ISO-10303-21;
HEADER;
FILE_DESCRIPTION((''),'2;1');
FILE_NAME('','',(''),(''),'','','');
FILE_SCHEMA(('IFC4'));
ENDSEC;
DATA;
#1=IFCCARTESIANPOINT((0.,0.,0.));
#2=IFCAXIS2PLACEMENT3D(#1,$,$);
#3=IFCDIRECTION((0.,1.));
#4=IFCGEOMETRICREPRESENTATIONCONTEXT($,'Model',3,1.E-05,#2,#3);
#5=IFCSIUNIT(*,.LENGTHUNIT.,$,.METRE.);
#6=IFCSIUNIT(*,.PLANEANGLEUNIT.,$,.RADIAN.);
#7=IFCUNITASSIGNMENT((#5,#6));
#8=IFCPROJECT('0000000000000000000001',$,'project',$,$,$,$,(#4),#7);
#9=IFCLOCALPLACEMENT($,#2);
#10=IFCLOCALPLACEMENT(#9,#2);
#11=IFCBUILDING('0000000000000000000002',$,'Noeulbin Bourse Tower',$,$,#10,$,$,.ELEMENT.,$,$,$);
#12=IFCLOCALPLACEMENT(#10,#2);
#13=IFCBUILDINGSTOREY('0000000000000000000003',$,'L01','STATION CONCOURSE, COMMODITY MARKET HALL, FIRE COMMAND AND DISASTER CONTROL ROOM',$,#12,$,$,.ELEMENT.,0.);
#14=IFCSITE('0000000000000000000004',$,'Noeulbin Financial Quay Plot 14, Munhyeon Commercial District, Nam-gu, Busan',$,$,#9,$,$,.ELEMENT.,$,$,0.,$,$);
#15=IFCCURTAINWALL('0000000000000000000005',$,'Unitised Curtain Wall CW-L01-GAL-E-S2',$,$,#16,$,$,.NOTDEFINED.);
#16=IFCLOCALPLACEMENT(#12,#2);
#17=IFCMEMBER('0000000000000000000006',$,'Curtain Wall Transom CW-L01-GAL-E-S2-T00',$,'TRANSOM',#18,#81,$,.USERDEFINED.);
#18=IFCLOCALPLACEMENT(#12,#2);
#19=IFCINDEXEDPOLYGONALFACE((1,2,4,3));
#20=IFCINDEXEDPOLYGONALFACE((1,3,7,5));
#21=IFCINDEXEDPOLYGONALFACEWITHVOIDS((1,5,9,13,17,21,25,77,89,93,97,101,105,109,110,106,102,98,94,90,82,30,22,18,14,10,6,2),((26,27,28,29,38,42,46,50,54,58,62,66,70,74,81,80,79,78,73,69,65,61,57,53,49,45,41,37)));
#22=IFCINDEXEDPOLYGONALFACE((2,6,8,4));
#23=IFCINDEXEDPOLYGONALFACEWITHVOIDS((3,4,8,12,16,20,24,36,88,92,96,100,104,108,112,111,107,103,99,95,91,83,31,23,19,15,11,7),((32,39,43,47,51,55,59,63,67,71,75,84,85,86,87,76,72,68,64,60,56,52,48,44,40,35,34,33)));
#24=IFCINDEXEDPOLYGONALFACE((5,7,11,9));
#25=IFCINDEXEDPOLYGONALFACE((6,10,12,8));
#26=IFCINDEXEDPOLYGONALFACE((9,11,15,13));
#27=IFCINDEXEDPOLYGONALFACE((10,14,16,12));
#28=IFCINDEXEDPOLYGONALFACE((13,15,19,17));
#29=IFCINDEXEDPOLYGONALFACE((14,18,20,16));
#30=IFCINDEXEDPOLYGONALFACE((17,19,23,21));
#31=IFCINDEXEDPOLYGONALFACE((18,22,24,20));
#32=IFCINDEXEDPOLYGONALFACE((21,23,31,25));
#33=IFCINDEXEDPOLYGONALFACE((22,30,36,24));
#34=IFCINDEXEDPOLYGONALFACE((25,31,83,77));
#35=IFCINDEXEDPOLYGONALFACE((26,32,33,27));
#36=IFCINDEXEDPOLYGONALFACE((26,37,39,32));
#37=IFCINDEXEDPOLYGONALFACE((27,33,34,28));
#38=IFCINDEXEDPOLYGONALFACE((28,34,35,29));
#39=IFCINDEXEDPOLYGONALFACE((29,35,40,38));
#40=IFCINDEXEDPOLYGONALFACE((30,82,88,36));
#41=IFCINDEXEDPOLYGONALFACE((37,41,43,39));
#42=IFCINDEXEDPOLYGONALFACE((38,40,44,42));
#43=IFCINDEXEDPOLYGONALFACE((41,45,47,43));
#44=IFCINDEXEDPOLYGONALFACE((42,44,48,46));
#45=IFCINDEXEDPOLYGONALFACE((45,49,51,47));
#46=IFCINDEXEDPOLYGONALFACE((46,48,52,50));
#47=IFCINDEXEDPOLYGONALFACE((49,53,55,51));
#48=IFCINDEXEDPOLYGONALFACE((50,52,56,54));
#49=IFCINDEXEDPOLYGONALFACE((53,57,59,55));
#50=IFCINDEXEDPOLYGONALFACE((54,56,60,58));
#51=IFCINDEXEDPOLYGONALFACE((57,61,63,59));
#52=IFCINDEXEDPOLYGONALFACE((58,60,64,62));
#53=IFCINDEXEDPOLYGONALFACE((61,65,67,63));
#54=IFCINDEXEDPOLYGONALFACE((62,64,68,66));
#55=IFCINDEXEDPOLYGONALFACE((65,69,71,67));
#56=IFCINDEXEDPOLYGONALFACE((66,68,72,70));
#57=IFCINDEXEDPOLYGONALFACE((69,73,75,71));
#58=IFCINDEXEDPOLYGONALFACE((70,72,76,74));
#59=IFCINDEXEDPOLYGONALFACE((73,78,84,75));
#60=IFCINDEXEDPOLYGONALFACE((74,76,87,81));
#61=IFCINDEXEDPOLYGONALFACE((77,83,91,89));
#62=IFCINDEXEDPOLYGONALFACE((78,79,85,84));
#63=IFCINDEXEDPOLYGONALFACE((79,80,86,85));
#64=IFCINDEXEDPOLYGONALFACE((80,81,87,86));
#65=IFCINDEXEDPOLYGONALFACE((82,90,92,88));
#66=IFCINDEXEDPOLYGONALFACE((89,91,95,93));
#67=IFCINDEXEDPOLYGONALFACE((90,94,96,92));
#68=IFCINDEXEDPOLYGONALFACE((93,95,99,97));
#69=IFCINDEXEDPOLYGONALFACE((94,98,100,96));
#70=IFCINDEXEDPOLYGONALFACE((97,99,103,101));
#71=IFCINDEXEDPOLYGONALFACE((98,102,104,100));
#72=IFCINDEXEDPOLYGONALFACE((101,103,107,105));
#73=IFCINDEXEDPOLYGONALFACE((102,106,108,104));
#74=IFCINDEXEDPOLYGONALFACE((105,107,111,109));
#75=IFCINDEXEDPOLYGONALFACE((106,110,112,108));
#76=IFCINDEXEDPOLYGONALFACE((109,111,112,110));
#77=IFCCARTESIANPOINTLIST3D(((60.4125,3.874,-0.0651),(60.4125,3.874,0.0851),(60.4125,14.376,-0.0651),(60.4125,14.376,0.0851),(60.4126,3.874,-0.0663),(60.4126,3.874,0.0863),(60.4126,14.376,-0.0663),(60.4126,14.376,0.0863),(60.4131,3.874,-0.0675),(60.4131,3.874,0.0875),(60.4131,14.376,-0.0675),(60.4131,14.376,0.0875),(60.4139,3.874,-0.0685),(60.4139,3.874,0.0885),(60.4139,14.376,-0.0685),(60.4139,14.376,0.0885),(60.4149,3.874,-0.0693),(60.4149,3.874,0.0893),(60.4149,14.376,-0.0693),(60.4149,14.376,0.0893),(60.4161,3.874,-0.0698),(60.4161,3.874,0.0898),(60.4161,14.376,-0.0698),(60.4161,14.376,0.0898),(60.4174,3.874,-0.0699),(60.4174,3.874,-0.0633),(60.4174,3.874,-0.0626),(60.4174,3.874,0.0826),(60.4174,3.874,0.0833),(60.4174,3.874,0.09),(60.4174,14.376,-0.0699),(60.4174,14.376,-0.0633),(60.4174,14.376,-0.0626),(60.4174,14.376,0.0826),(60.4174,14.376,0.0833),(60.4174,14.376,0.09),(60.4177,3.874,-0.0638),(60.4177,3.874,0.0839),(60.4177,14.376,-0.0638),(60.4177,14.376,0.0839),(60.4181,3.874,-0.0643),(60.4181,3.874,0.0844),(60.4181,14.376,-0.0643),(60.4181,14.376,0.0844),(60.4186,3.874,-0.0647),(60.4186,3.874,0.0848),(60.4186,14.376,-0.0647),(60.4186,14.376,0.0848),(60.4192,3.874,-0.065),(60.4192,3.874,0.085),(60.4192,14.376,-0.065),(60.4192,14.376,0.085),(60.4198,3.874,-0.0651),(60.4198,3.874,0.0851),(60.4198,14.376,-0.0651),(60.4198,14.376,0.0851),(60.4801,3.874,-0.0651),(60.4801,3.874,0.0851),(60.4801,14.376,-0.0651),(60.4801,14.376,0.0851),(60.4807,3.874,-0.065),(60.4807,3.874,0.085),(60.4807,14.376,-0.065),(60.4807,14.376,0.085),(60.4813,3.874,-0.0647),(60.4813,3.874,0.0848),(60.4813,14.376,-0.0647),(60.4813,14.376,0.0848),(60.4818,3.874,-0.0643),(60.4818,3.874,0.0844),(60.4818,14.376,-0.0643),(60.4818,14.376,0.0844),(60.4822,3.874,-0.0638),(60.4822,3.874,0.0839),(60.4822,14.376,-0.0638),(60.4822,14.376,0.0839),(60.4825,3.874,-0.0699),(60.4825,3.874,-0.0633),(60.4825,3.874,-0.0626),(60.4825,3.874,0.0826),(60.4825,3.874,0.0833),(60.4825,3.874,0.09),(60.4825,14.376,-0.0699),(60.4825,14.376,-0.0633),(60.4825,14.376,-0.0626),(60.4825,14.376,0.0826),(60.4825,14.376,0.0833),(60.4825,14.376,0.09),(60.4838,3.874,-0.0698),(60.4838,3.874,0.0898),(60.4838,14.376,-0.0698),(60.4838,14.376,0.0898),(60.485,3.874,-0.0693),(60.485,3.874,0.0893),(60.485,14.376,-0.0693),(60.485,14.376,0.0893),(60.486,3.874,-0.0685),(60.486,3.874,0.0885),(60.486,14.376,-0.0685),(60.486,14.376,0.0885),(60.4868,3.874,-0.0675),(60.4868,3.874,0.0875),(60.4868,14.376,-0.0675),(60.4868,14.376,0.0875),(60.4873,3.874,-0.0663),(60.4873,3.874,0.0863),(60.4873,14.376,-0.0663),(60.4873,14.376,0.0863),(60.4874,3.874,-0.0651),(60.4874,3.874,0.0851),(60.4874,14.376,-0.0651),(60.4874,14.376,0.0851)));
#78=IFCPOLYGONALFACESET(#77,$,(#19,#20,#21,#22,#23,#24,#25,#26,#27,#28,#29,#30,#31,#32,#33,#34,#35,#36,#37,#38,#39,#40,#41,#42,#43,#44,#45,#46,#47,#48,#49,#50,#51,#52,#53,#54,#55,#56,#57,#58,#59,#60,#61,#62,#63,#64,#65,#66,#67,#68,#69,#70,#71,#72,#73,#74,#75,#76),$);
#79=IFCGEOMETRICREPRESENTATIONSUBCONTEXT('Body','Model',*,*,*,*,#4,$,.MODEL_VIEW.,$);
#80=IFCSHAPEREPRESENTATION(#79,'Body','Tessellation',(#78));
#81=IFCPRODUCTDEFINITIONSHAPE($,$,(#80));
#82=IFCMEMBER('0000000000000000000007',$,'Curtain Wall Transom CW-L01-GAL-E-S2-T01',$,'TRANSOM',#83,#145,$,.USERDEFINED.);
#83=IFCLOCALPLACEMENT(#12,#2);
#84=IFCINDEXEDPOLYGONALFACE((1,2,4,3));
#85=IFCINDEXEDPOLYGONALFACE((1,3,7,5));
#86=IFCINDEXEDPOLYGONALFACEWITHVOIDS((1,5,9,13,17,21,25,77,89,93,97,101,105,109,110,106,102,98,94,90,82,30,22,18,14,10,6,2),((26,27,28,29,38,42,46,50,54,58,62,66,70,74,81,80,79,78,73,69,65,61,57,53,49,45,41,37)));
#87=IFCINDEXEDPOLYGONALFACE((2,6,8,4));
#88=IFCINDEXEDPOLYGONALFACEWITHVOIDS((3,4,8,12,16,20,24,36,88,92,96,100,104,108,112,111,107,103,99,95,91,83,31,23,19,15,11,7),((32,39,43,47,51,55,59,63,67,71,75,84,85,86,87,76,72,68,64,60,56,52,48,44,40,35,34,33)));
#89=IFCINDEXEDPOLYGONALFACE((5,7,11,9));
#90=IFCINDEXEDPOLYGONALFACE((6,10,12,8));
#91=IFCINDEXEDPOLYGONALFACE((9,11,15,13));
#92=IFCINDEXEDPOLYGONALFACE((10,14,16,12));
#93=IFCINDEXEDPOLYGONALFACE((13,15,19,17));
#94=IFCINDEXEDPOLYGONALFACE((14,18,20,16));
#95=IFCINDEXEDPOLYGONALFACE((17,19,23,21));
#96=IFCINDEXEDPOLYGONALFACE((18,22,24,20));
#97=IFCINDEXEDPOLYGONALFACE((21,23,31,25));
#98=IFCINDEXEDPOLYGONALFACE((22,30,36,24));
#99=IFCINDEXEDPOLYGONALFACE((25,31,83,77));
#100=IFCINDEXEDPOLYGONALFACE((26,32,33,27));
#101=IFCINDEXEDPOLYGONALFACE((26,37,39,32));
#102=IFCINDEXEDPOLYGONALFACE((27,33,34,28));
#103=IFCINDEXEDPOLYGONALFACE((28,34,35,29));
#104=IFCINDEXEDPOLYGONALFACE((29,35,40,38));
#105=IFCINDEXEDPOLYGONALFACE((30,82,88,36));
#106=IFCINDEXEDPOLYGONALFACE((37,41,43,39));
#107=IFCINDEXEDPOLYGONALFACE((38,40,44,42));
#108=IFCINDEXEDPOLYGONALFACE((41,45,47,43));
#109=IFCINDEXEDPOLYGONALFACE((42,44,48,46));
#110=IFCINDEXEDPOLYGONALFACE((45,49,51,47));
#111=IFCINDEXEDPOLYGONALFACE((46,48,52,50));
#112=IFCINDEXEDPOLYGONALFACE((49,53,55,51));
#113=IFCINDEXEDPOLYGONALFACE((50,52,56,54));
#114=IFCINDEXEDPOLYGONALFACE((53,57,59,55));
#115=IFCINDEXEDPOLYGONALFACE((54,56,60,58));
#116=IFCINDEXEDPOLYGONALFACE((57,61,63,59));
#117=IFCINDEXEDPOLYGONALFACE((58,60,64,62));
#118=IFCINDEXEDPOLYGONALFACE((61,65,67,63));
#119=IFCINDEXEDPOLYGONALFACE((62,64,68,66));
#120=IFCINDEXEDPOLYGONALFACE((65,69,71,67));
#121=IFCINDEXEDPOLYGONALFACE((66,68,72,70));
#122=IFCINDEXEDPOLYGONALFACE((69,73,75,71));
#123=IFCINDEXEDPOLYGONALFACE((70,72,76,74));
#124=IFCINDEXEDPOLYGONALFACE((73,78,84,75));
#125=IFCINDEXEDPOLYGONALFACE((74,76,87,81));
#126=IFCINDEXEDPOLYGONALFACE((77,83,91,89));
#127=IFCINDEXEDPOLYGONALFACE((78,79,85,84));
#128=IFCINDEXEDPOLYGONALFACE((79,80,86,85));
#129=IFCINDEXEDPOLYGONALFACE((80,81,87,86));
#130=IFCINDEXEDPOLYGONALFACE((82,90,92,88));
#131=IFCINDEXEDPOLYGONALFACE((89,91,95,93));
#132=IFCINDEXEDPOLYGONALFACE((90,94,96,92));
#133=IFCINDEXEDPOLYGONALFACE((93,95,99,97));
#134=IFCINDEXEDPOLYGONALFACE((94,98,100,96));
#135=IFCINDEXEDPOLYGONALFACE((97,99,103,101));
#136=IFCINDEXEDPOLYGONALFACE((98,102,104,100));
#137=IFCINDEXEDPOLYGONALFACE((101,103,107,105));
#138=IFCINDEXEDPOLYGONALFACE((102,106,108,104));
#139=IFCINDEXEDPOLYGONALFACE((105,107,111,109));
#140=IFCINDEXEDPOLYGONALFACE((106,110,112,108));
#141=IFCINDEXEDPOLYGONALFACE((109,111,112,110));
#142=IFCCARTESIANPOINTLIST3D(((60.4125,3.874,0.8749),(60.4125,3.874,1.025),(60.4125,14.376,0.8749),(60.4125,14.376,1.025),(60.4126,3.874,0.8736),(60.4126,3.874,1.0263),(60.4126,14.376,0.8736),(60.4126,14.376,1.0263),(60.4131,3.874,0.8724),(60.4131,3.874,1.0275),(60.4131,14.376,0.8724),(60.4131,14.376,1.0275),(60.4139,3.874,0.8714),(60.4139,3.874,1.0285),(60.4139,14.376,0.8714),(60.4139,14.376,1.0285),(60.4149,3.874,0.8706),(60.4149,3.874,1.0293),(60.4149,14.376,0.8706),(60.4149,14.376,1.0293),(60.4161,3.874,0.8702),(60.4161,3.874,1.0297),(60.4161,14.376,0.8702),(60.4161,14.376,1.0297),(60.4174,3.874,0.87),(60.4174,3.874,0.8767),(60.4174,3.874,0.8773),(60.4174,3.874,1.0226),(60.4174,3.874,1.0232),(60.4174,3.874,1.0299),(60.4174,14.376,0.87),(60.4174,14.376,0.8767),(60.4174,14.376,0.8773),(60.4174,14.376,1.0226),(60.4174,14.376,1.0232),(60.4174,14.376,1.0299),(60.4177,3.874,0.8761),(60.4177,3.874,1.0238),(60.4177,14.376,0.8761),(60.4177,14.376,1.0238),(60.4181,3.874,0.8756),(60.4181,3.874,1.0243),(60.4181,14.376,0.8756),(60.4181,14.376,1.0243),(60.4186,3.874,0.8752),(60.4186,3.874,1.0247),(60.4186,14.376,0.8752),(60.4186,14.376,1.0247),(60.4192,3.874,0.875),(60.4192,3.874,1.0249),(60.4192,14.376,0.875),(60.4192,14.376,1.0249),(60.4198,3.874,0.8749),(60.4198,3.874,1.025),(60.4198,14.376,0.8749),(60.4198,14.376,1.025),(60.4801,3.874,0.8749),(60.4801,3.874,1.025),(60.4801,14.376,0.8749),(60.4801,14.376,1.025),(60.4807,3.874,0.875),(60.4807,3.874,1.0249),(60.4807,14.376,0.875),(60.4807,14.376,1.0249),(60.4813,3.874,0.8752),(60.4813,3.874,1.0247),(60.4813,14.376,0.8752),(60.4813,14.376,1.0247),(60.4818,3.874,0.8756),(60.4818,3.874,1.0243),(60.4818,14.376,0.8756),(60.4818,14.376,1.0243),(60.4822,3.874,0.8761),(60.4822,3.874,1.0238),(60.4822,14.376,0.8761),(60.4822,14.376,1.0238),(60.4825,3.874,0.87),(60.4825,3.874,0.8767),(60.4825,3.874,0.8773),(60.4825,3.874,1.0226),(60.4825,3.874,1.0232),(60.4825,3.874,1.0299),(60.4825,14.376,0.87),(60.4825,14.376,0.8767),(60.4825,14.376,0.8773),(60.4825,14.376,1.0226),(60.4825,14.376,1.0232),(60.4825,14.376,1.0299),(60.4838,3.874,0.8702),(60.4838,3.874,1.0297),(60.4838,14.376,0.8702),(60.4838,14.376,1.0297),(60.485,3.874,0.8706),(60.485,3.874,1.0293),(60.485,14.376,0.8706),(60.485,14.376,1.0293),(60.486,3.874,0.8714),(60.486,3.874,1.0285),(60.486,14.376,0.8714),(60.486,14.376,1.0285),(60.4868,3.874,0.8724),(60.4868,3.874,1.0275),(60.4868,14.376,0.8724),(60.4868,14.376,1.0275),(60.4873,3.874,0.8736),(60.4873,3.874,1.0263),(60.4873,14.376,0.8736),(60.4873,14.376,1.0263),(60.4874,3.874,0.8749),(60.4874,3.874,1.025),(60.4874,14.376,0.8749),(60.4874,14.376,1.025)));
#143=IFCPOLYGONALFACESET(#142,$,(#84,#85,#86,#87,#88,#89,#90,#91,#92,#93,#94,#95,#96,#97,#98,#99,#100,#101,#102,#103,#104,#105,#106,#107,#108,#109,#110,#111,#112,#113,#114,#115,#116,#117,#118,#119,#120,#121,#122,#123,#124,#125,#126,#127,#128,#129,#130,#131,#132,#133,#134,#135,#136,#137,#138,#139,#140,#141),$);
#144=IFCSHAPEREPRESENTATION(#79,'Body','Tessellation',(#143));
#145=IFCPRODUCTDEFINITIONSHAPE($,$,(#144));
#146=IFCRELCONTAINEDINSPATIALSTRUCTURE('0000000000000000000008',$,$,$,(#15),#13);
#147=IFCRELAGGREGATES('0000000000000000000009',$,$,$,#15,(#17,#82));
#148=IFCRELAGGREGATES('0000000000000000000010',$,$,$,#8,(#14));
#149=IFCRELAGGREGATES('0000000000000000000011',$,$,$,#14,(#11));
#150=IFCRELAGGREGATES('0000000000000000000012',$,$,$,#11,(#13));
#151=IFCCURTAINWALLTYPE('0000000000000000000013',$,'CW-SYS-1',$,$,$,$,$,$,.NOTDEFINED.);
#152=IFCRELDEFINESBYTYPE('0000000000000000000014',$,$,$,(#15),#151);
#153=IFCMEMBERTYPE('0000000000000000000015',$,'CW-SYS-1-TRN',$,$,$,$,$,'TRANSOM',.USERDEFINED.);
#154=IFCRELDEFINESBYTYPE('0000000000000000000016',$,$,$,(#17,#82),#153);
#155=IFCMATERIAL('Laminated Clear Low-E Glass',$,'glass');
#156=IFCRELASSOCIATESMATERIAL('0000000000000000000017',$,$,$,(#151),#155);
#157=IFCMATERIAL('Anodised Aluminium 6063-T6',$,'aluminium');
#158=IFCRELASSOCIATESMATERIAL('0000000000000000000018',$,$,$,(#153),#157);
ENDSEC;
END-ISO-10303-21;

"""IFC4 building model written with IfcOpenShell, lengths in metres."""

from ifc_helpers import new_model, si_unit, direction, frame, origin, origin_2d, place, context, subcontext, project, spatial, hollow_rectangle, extrude, material, material_profile, profile_set, type_object, element, aggregate, save


model = new_model("IFC4")

# Units and contexts
model_context = context("Model", 3, precision=1e-05, world=origin(), true_north=direction((0.0, 1.0)))
body_context = subcontext(model_context, "Body", "Model", "MODEL_VIEW")
ifc_project = project(units=[si_unit("LENGTHUNIT", "METRE"), si_unit("PLANEANGLEUNIT", "RADIAN")], contexts=[model_context])

# Site, building, storey
site_placement = place(None, origin())
site = spatial("IfcSite", under=ifc_project, at=site_placement, Name="Noeulbin Financial Quay Plot 14, Munhyeon Commercial District, Nam-gu, Busan", CompositionType="ELEMENT", RefElevation=0.0)
building_placement = place(site_placement, origin())
building = spatial("IfcBuilding", under=site, at=building_placement, Name="Noeulbin Bourse Tower", CompositionType="ELEMENT")
storey_placement = place(building_placement, origin())
storey = spatial("IfcBuildingStorey", under=building, at=storey_placement, Name="L01", Description="STATION CONCOURSE, COMMODITY MARKET HALL, FIRE COMMAND AND DISASTER CONTROL ROOM", CompositionType="ELEMENT", Elevation=0.0)

# Curtain wall
ifc_material_1 = material(Name="Laminated Clear Low-E Glass", Category="glass")
curtain_wall_type = type_object("IfcCurtainWallType", Name="CW-SYS-1", PredefinedType="NOTDEFINED", material=ifc_material_1)
ifc_material_2 = material(Name="Anodised Aluminium 6063-T6", Category="aluminium")
curtain_wall_1_placement = place(storey_placement, origin())
curtain_wall_1 = element("IfcCurtainWall", 1, at=curtain_wall_1_placement, inside=storey, type_object=curtain_wall_type, Name="Unitised Curtain Wall CW-L01-GAL-E-S2", PredefinedType="NOTDEFINED")

# Members
ifc_material_profile_1 = material_profile(ifc_material_2, hollow_rectangle(XDim=0.075, YDim=0.1599, WallThickness=0.0049, InnerFilletRadius=0.0024, OuterFilletRadius=0.0049, at=origin_2d()), Name="ALU-TRAN-75x160x5", Category="LoadBearing")
ifc_profile_set_1 = profile_set([ifc_material_profile_1], Name="Anodised Aluminium 6063-T6")
member_type_1 = type_object("IfcMemberType", Name="CW-SYS-1-TRN", ElementType="TRANSOM", PredefinedType="USERDEFINED", material=ifc_profile_set_1)
member_1_placement = place(storey_placement, frame((60.45, 3.874, 0.01), z_axis=(0.0, 1.0, 0.0), x_axis=(-1.0, 0.0, 0.0)))
member_1 = element("IfcMember", 2, at=member_1_placement, type_object=member_type_1, Name="Curtain Wall Transom CW-L01-GAL-E-S2-T00", ObjectType="TRANSOM", PredefinedType="USERDEFINED", context=body_context, shape_type="SweptSolid", body=[
    extrude(hollow_rectangle(XDim=0.075, YDim=0.1599, WallThickness=0.0049, InnerFilletRadius=0.0024, OuterFilletRadius=0.0049, at=origin_2d()), origin(), (0.0, 0.0, 1.0), 10.502),
])
member_2_placement = place(storey_placement, frame((60.45, 3.874, 0.95), z_axis=(0.0, 1.0, 0.0), x_axis=(-1.0, 0.0, 0.0)))
member_2 = element("IfcMember", 3, at=member_2_placement, type_object=member_type_1, Name="Curtain Wall Transom CW-L01-GAL-E-S2-T01", ObjectType="TRANSOM", PredefinedType="USERDEFINED", context=body_context, shape_type="SweptSolid", body=[
    extrude(hollow_rectangle(XDim=0.075, YDim=0.1599, WallThickness=0.0049, InnerFilletRadius=0.0024, OuterFilletRadius=0.0049, at=origin_2d()), origin(), (0.0, 0.0, 1.0), 10.502),
])

aggregate(curtain_wall_1, [member_1, member_2])

save(model, "model.ifc")
